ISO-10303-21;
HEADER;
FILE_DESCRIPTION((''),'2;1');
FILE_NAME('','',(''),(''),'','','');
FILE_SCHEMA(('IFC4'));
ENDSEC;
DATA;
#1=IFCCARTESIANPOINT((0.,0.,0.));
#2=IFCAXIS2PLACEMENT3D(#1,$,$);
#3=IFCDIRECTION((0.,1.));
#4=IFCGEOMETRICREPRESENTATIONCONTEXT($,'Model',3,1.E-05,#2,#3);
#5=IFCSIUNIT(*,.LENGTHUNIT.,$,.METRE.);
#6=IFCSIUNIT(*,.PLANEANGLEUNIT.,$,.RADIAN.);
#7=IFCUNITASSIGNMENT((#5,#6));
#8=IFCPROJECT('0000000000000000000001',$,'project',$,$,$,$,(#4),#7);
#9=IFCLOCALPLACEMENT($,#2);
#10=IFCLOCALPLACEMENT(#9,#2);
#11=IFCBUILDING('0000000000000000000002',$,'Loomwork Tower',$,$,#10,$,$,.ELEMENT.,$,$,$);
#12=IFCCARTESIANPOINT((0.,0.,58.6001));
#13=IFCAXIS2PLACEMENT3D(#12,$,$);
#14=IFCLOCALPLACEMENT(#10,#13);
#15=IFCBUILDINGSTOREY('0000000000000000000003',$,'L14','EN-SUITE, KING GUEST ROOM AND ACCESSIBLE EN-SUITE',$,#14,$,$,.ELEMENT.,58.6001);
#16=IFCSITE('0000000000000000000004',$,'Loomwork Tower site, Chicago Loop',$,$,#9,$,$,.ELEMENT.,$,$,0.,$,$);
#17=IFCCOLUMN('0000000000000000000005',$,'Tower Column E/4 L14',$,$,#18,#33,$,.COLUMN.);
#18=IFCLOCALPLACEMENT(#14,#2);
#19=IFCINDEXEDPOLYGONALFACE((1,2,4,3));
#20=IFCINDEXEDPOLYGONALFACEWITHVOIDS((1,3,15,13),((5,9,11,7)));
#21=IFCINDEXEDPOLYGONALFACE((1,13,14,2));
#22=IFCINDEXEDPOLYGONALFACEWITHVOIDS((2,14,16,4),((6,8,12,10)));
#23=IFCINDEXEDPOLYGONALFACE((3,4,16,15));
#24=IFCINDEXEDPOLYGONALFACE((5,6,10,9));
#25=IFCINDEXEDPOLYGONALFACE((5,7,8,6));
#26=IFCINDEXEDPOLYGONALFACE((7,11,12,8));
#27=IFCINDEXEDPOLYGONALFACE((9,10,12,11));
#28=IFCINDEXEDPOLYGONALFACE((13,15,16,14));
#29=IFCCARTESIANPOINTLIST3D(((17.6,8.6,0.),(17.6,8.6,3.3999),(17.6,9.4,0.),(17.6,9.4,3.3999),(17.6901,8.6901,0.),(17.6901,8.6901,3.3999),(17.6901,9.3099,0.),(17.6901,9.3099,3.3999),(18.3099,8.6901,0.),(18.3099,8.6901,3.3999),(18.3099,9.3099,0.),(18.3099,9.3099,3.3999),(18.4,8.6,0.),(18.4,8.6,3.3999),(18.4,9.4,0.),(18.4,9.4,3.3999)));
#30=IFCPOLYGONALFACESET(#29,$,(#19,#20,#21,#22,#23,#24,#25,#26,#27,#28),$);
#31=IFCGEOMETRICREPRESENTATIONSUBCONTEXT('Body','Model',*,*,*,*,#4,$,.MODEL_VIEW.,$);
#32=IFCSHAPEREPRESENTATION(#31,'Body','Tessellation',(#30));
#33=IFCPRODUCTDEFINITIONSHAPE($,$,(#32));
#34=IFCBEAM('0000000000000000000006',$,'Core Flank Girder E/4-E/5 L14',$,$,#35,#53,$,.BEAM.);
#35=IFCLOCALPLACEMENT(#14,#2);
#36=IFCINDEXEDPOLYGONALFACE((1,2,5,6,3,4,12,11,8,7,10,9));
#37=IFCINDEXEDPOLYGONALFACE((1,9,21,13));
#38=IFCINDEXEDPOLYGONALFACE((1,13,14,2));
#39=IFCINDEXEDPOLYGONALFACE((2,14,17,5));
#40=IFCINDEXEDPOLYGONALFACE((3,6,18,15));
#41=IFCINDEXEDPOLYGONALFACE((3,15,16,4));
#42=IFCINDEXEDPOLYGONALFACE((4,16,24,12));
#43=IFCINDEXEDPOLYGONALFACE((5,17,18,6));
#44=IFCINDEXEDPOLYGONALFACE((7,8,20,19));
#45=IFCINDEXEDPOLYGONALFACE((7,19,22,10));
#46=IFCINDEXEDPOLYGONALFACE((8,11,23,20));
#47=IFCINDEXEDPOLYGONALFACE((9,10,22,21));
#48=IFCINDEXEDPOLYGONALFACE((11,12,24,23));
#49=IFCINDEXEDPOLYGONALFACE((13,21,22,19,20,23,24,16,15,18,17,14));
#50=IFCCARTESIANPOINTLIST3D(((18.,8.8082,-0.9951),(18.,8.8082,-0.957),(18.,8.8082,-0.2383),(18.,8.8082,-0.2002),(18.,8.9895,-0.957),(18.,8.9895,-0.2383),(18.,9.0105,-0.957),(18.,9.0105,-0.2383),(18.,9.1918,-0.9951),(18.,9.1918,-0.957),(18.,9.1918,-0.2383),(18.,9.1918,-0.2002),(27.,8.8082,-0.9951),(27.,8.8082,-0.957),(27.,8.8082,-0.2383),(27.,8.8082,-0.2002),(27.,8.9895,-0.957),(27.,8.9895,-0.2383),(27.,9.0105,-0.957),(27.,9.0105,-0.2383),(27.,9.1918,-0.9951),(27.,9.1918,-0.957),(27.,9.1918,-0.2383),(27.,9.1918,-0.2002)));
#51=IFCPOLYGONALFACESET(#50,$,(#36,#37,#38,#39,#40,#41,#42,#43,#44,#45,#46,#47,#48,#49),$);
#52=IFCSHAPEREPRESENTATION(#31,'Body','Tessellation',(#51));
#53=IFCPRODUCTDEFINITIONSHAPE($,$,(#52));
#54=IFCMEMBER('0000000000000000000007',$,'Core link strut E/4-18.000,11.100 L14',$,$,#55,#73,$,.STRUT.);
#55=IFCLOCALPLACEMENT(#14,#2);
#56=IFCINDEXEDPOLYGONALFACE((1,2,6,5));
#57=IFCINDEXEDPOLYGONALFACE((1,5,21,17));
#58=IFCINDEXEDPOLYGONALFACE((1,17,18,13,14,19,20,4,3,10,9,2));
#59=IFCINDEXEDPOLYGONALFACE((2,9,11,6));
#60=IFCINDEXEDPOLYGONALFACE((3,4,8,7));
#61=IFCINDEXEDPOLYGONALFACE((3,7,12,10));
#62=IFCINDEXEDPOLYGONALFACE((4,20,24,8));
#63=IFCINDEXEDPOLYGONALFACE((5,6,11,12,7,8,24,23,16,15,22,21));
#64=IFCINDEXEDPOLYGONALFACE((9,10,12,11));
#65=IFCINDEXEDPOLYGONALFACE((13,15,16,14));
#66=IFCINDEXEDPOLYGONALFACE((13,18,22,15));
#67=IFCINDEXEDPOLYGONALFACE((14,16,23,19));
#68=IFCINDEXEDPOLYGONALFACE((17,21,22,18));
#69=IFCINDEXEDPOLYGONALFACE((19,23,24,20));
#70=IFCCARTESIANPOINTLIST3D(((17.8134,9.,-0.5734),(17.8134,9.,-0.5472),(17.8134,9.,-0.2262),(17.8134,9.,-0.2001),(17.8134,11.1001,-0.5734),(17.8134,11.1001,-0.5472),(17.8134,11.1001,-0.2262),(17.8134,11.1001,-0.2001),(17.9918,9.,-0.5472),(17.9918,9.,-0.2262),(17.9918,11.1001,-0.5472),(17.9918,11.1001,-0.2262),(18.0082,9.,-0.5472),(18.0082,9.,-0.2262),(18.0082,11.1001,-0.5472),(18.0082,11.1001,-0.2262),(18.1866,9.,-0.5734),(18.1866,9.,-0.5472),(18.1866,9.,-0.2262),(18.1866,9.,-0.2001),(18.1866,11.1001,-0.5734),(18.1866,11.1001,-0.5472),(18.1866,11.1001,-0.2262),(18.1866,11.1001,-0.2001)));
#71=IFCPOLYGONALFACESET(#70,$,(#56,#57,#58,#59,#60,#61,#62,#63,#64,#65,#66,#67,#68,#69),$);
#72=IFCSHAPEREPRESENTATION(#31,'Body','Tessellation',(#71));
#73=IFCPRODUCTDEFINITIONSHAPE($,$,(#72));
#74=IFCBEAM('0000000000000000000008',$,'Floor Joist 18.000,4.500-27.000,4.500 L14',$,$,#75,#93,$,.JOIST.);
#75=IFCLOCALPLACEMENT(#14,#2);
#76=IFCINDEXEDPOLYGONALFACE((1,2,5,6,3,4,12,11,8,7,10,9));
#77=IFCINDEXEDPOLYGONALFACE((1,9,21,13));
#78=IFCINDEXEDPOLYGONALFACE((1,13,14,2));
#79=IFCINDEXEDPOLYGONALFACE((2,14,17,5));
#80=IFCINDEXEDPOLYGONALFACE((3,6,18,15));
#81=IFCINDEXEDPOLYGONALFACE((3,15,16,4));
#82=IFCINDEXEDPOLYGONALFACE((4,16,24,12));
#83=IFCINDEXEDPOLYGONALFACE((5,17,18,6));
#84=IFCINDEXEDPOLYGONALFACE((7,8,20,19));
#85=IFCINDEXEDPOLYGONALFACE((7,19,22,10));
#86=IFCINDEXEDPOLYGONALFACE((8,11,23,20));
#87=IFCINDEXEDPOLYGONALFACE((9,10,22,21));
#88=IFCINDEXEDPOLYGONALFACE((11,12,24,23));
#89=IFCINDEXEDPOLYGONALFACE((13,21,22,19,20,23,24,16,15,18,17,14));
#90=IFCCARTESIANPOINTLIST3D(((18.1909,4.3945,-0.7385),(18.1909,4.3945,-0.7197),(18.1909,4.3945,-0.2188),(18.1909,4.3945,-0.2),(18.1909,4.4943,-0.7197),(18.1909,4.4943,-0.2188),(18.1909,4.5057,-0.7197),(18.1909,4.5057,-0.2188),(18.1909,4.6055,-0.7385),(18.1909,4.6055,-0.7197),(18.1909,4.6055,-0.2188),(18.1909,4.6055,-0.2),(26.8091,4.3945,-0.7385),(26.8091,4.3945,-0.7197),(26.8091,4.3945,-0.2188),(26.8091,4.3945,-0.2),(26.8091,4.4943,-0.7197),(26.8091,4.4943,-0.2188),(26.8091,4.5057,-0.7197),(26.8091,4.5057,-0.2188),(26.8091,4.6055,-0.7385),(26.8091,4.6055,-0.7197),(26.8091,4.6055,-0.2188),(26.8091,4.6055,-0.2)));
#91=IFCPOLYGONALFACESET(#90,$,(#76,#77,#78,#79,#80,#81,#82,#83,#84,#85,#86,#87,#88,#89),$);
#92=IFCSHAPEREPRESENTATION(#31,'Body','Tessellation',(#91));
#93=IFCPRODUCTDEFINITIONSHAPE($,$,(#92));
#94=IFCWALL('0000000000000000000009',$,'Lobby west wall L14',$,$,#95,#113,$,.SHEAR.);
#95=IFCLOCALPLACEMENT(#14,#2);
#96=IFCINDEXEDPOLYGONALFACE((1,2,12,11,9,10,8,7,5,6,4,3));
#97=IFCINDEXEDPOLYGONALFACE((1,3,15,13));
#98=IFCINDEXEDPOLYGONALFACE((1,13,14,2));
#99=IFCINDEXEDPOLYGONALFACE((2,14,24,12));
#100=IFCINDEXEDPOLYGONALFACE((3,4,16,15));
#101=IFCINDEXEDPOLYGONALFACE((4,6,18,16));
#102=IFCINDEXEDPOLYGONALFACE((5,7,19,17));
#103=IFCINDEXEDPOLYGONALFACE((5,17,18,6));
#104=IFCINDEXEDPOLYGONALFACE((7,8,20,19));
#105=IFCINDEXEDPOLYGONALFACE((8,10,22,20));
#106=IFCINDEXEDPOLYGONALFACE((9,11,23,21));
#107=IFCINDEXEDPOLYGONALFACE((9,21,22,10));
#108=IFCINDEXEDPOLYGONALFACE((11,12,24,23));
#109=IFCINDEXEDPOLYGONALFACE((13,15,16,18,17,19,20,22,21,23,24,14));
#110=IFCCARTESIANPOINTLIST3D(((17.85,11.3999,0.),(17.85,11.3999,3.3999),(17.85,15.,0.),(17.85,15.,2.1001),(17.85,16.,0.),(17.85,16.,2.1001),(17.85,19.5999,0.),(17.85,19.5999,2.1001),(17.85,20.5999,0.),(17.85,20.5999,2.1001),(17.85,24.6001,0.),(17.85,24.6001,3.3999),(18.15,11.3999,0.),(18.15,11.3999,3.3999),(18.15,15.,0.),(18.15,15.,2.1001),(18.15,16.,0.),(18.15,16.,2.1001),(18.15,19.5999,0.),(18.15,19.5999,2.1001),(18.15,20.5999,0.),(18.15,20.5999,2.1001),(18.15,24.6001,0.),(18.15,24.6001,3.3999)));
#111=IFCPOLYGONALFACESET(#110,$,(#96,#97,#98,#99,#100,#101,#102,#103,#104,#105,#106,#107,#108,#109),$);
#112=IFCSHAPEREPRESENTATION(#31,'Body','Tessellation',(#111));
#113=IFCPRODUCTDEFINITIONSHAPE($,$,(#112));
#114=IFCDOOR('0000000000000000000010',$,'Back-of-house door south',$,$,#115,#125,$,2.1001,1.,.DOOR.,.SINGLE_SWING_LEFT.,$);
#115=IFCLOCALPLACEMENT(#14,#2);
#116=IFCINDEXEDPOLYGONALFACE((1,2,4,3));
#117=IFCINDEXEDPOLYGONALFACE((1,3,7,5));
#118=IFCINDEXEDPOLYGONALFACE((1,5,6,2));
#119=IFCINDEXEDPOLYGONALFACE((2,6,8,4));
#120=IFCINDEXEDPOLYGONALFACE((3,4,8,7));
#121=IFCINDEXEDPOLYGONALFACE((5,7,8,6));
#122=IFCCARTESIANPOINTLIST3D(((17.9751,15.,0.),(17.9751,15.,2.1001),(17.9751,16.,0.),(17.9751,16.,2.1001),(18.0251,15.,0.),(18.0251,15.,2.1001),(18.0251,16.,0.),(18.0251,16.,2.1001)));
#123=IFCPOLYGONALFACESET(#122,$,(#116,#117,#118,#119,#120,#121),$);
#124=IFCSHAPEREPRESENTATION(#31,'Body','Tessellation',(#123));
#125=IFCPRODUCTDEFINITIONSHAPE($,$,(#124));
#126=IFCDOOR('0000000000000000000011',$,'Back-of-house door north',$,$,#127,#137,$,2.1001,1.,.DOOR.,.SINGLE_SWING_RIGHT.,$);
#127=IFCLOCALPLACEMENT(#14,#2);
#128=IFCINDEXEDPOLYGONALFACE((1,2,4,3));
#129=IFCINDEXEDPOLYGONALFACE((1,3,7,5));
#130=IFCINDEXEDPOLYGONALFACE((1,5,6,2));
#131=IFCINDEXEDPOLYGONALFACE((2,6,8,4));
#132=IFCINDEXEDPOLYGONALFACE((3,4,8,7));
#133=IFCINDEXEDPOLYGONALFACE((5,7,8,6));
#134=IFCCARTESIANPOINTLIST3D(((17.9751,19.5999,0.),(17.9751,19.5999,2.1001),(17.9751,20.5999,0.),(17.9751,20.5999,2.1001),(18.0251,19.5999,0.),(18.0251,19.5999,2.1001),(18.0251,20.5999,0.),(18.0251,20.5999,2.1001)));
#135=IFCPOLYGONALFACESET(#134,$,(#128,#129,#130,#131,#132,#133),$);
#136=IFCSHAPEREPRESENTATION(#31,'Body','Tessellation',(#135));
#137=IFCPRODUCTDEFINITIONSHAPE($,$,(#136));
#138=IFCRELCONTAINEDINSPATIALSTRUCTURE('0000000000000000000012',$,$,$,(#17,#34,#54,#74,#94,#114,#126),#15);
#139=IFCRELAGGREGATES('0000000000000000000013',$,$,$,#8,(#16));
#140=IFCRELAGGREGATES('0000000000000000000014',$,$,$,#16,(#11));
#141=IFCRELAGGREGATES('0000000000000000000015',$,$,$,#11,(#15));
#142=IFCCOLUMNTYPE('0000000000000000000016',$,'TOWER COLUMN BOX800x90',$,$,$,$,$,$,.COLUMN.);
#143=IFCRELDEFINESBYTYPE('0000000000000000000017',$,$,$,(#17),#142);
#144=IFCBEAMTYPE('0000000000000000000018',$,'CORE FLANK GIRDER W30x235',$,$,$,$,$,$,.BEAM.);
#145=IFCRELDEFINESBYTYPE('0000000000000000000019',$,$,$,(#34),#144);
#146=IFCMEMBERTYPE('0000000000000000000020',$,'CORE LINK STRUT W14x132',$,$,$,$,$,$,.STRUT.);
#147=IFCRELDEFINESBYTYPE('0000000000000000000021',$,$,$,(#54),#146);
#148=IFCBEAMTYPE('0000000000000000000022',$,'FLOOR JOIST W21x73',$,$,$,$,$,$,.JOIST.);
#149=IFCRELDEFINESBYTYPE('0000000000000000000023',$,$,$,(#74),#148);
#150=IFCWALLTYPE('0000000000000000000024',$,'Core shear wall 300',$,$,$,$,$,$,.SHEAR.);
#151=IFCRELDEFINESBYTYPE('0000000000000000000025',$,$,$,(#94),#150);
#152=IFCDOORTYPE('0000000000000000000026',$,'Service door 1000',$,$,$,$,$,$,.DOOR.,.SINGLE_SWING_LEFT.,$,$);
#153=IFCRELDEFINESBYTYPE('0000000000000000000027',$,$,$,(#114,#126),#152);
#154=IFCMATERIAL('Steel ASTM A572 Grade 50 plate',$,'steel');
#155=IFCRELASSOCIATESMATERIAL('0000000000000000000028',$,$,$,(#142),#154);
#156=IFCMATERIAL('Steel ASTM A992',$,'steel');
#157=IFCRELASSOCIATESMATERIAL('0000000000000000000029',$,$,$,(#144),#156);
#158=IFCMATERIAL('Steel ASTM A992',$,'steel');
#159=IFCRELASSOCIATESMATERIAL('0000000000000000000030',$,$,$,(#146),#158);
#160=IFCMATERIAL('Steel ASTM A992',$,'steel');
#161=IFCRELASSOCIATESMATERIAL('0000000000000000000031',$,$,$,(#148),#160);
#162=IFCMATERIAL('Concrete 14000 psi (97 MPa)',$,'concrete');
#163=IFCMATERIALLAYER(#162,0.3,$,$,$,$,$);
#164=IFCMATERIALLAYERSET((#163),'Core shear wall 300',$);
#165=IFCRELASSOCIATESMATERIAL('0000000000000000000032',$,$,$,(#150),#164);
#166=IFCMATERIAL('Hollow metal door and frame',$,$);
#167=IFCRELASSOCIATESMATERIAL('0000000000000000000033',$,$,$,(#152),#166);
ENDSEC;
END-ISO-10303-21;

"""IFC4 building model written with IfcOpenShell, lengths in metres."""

from ifc_helpers import new_model, si_unit, direction, frame, frame_2d, origin, origin_2d, place, context, subcontext, project, spatial, rectangle, hollow_rectangle, i_section, extrude, material, layer, layer_set, material_profile, profile_set, type_object, element, fill, save


model = new_model("IFC4")

# Units and contexts
model_context = context("Model", 3, precision=1e-05, world=origin(), true_north=direction((0.0, 1.0)))
body_context = subcontext(model_context, "Body", "Model", "MODEL_VIEW")
ifc_project = project(units=[si_unit("LENGTHUNIT", "METRE"), si_unit("PLANEANGLEUNIT", "RADIAN")], contexts=[model_context])

# Site, building, storey
site_placement = place(None, origin())
site = spatial("IfcSite", under=ifc_project, at=site_placement, Name="Loomwork Tower site, Chicago Loop", CompositionType="ELEMENT", RefElevation=0.0)
building_placement = place(site_placement, origin())
building = spatial("IfcBuilding", under=site, at=building_placement, Name="Loomwork Tower", CompositionType="ELEMENT")
storey_placement = place(building_placement, frame((0.0, 0.0, 58.6001)))
storey = spatial("IfcBuildingStorey", under=building, at=storey_placement, Name="L14", Description="EN-SUITE, KING GUEST ROOM AND ACCESSIBLE EN-SUITE", CompositionType="ELEMENT", Elevation=58.6001)

# Column
ifc_material_1 = material(Name="Steel ASTM A572 Grade 50 plate", Category="steel")
ifc_material_profile_1 = material_profile(ifc_material_1, hollow_rectangle(XDim=0.8, YDim=0.8, WallThickness=0.0901, at=origin_2d()), Name="BOX800x90")
ifc_profile_set_1 = profile_set([ifc_material_profile_1], Name="Steel ASTM A572 Grade 50 plate")
column_type = type_object("IfcColumnType", Name="TOWER COLUMN BOX800x90", PredefinedType="COLUMN", material=ifc_profile_set_1)
column_placement = place(storey_placement, frame((18.0, 9.0, 0.0), z_axis=(0.0, 0.0, 1.0), x_axis=(1.0, 0.0, 0.0)))
element("IfcColumn", 1, at=column_placement, inside=storey, type_object=column_type, Name="Tower Column E/4 L14", PredefinedType="COLUMN", context=body_context, shape_type="SweptSolid", body=[
    extrude(hollow_rectangle(XDim=0.8, YDim=0.8, WallThickness=0.0901, at=origin_2d()), origin(), (0.0, 0.0, 1.0), 3.3999),
])

# Beam
ifc_material_2 = material(Name="Steel ASTM A992", Category="steel")
ifc_material_profile_2 = material_profile(ifc_material_2, i_section(OverallWidth=0.3835, OverallDepth=0.7949, WebThickness=0.021, FlangeThickness=0.0381, at=origin_2d()), Name="W30x235")
ifc_profile_set_2 = profile_set([ifc_material_profile_2], Name="Steel ASTM A992")
beam_type_1 = type_object("IfcBeamType", Name="CORE FLANK GIRDER W30x235", PredefinedType="BEAM", material=ifc_profile_set_2)
beam_1_placement = place(storey_placement, frame((18.0, 9.0, -0.5977), z_axis=(1.0, 0.0, 0.0), x_axis=(0.0, 1.0, 0.0)))
element("IfcBeam", 2, at=beam_1_placement, inside=storey, type_object=beam_type_1, Name="Core Flank Girder E/4-E/5 L14", PredefinedType="BEAM", context=body_context, shape_type="SweptSolid", body=[
    extrude(i_section(OverallWidth=0.3835, OverallDepth=0.7949, WebThickness=0.021, FlangeThickness=0.0381, at=origin_2d()), origin(), (0.0, 0.0, 1.0), 9.0),
])

# Member
ifc_material_3 = material(Name="Steel ASTM A992", Category="steel")
ifc_material_profile_3 = material_profile(ifc_material_3, i_section(OverallWidth=0.3733, OverallDepth=0.3733, WebThickness=0.0164, FlangeThickness=0.0261, at=origin_2d()), Name="W14x132")
ifc_profile_set_3 = profile_set([ifc_material_profile_3], Name="Steel ASTM A992")
member_type = type_object("IfcMemberType", Name="CORE LINK STRUT W14x132", PredefinedType="STRUT", material=ifc_profile_set_3)
member_placement = place(storey_placement, frame((18.0, 9.0, -0.3867), z_axis=(0.0, 1.0, 0.0), x_axis=(-1.0, 0.0, 0.0)))
element("IfcMember", 3, at=member_placement, inside=storey, type_object=member_type, Name="Core link strut E/4-18.000,11.100 L14", PredefinedType="STRUT", context=body_context, shape_type="SweptSolid", body=[
    extrude(i_section(OverallWidth=0.3733, OverallDepth=0.3733, WebThickness=0.0164, FlangeThickness=0.0261, at=origin_2d()), origin(), (0.0, 0.0, 1.0), 2.1001),
])

# Beam
ifc_material_4 = material(Name="Steel ASTM A992", Category="steel")
ifc_material_profile_4 = material_profile(ifc_material_4, i_section(OverallWidth=0.2109, OverallDepth=0.5386, WebThickness=0.0115, FlangeThickness=0.0188, at=origin_2d()), Name="W21x73")
ifc_profile_set_4 = profile_set([ifc_material_profile_4], Name="Steel ASTM A992")
beam_type_2 = type_object("IfcBeamType", Name="FLOOR JOIST W21x73", PredefinedType="JOIST", material=ifc_profile_set_4)
beam_2_placement = place(storey_placement, frame((18.1909, 4.5, -0.4692), z_axis=(1.0, 0.0, 0.0), x_axis=(0.0, 1.0, 0.0)))
element("IfcBeam", 4, at=beam_2_placement, inside=storey, type_object=beam_type_2, Name="Floor Joist 18.000,4.500-27.000,4.500 L14", PredefinedType="JOIST", context=body_context, shape_type="SweptSolid", body=[
    extrude(i_section(OverallWidth=0.2109, OverallDepth=0.5386, WebThickness=0.0115, FlangeThickness=0.0188, at=origin_2d()), origin(), (0.0, 0.0, 1.0), 8.6182),
])

# Wall, openings, doors
ifc_material_5 = material(Name="Concrete 14000 psi (97 MPa)", Category="concrete")
ifc_layer_1 = layer(ifc_material_5, 0.3)
ifc_layer_set_1 = layer_set([ifc_layer_1], Name="Core shear wall 300")
wall_type_1 = type_object("IfcWallType", Name="Core shear wall 300", PredefinedType="SHEAR", material=ifc_layer_set_1)
wall_1_placement = place(storey_placement, frame((18.0, 11.3999, 0.0), z_axis=(0.0, 0.0, 1.0), x_axis=(0.0, 1.0, 0.0)))
wall_1 = element("IfcWall", 5, at=wall_1_placement, inside=storey, type_object=wall_type_1, Name="Lobby west wall L14", PredefinedType="SHEAR", context=body_context, shape_type="SweptSolid", body=[
    extrude(rectangle(XDim=13.2002, YDim=0.3, at=frame_2d((6.6001, 0.0))), origin(), (0.0, 0.0, 1.0), 3.3999),
])
opening_1_placement = place(wall_1_placement, frame((3.6001, 0.0, 0.0)))
opening_1 = element("IfcOpeningElement", 6, at=opening_1_placement, cuts=wall_1, PredefinedType="OPENING", context=body_context, shape_type="SweptSolid", body=[
    extrude(rectangle(XDim=1.0, YDim=2.1001, at=frame_2d((0.5, 1.05))), frame((0.0, 0.1599, 0.0), z_axis=(0.0, -1.0, 0.0), x_axis=(1.0, 0.0, 0.0)), (0.0, 0.0, 1.0), 0.3201),
])
opening_2_placement = place(wall_1_placement, frame((8.2, 0.0, 0.0)))
opening_2 = element("IfcOpeningElement", 7, at=opening_2_placement, cuts=wall_1, PredefinedType="OPENING", context=body_context, shape_type="SweptSolid", body=[
    extrude(rectangle(XDim=1.0, YDim=2.1001, at=frame_2d((0.5, 1.05))), frame((0.0, 0.1599, 0.0), z_axis=(0.0, -1.0, 0.0), x_axis=(1.0, 0.0, 0.0)), (0.0, 0.0, 1.0), 0.3201),
])
ifc_material_6 = material(Name="Hollow metal door and frame")
door_type_1 = type_object("IfcDoorType", Name="Service door 1000", OperationType="SINGLE_SWING_LEFT", PredefinedType="DOOR", material=ifc_material_6)
door_1_placement = place(opening_1_placement, origin())
door_1 = element("IfcDoor", 8, at=door_1_placement, inside=storey, type_object=door_type_1, Name="Back-of-house door south", OperationType="SINGLE_SWING_LEFT", OverallHeight=2.1001, OverallWidth=1.0, PredefinedType="DOOR", context=body_context, shape_type="SweptSolid", body=[
    extrude(rectangle(XDim=1.0, YDim=2.1001, at=frame_2d((0.5, 1.05))), frame((0.0, 0.0249, 0.0), z_axis=(0.0, -1.0, 0.0), x_axis=(1.0, 0.0, 0.0)), (0.0, 0.0, 1.0), 0.05),
])
fill(opening_1, door_1)
door_2_placement = place(opening_2_placement, origin())
door_2 = element("IfcDoor", 9, at=door_2_placement, inside=storey, type_object=door_type_1, Name="Back-of-house door north", OperationType="SINGLE_SWING_RIGHT", OverallHeight=2.1001, OverallWidth=1.0, PredefinedType="DOOR", context=body_context, shape_type="SweptSolid", body=[
    extrude(rectangle(XDim=1.0, YDim=2.1001, at=frame_2d((0.5, 1.05))), frame((0.0, 0.0249, 0.0), z_axis=(0.0, -1.0, 0.0), x_axis=(1.0, 0.0, 0.0)), (0.0, 0.0, 1.0), 0.05),
])
fill(opening_2, door_2)

save(model, "model.ifc")
